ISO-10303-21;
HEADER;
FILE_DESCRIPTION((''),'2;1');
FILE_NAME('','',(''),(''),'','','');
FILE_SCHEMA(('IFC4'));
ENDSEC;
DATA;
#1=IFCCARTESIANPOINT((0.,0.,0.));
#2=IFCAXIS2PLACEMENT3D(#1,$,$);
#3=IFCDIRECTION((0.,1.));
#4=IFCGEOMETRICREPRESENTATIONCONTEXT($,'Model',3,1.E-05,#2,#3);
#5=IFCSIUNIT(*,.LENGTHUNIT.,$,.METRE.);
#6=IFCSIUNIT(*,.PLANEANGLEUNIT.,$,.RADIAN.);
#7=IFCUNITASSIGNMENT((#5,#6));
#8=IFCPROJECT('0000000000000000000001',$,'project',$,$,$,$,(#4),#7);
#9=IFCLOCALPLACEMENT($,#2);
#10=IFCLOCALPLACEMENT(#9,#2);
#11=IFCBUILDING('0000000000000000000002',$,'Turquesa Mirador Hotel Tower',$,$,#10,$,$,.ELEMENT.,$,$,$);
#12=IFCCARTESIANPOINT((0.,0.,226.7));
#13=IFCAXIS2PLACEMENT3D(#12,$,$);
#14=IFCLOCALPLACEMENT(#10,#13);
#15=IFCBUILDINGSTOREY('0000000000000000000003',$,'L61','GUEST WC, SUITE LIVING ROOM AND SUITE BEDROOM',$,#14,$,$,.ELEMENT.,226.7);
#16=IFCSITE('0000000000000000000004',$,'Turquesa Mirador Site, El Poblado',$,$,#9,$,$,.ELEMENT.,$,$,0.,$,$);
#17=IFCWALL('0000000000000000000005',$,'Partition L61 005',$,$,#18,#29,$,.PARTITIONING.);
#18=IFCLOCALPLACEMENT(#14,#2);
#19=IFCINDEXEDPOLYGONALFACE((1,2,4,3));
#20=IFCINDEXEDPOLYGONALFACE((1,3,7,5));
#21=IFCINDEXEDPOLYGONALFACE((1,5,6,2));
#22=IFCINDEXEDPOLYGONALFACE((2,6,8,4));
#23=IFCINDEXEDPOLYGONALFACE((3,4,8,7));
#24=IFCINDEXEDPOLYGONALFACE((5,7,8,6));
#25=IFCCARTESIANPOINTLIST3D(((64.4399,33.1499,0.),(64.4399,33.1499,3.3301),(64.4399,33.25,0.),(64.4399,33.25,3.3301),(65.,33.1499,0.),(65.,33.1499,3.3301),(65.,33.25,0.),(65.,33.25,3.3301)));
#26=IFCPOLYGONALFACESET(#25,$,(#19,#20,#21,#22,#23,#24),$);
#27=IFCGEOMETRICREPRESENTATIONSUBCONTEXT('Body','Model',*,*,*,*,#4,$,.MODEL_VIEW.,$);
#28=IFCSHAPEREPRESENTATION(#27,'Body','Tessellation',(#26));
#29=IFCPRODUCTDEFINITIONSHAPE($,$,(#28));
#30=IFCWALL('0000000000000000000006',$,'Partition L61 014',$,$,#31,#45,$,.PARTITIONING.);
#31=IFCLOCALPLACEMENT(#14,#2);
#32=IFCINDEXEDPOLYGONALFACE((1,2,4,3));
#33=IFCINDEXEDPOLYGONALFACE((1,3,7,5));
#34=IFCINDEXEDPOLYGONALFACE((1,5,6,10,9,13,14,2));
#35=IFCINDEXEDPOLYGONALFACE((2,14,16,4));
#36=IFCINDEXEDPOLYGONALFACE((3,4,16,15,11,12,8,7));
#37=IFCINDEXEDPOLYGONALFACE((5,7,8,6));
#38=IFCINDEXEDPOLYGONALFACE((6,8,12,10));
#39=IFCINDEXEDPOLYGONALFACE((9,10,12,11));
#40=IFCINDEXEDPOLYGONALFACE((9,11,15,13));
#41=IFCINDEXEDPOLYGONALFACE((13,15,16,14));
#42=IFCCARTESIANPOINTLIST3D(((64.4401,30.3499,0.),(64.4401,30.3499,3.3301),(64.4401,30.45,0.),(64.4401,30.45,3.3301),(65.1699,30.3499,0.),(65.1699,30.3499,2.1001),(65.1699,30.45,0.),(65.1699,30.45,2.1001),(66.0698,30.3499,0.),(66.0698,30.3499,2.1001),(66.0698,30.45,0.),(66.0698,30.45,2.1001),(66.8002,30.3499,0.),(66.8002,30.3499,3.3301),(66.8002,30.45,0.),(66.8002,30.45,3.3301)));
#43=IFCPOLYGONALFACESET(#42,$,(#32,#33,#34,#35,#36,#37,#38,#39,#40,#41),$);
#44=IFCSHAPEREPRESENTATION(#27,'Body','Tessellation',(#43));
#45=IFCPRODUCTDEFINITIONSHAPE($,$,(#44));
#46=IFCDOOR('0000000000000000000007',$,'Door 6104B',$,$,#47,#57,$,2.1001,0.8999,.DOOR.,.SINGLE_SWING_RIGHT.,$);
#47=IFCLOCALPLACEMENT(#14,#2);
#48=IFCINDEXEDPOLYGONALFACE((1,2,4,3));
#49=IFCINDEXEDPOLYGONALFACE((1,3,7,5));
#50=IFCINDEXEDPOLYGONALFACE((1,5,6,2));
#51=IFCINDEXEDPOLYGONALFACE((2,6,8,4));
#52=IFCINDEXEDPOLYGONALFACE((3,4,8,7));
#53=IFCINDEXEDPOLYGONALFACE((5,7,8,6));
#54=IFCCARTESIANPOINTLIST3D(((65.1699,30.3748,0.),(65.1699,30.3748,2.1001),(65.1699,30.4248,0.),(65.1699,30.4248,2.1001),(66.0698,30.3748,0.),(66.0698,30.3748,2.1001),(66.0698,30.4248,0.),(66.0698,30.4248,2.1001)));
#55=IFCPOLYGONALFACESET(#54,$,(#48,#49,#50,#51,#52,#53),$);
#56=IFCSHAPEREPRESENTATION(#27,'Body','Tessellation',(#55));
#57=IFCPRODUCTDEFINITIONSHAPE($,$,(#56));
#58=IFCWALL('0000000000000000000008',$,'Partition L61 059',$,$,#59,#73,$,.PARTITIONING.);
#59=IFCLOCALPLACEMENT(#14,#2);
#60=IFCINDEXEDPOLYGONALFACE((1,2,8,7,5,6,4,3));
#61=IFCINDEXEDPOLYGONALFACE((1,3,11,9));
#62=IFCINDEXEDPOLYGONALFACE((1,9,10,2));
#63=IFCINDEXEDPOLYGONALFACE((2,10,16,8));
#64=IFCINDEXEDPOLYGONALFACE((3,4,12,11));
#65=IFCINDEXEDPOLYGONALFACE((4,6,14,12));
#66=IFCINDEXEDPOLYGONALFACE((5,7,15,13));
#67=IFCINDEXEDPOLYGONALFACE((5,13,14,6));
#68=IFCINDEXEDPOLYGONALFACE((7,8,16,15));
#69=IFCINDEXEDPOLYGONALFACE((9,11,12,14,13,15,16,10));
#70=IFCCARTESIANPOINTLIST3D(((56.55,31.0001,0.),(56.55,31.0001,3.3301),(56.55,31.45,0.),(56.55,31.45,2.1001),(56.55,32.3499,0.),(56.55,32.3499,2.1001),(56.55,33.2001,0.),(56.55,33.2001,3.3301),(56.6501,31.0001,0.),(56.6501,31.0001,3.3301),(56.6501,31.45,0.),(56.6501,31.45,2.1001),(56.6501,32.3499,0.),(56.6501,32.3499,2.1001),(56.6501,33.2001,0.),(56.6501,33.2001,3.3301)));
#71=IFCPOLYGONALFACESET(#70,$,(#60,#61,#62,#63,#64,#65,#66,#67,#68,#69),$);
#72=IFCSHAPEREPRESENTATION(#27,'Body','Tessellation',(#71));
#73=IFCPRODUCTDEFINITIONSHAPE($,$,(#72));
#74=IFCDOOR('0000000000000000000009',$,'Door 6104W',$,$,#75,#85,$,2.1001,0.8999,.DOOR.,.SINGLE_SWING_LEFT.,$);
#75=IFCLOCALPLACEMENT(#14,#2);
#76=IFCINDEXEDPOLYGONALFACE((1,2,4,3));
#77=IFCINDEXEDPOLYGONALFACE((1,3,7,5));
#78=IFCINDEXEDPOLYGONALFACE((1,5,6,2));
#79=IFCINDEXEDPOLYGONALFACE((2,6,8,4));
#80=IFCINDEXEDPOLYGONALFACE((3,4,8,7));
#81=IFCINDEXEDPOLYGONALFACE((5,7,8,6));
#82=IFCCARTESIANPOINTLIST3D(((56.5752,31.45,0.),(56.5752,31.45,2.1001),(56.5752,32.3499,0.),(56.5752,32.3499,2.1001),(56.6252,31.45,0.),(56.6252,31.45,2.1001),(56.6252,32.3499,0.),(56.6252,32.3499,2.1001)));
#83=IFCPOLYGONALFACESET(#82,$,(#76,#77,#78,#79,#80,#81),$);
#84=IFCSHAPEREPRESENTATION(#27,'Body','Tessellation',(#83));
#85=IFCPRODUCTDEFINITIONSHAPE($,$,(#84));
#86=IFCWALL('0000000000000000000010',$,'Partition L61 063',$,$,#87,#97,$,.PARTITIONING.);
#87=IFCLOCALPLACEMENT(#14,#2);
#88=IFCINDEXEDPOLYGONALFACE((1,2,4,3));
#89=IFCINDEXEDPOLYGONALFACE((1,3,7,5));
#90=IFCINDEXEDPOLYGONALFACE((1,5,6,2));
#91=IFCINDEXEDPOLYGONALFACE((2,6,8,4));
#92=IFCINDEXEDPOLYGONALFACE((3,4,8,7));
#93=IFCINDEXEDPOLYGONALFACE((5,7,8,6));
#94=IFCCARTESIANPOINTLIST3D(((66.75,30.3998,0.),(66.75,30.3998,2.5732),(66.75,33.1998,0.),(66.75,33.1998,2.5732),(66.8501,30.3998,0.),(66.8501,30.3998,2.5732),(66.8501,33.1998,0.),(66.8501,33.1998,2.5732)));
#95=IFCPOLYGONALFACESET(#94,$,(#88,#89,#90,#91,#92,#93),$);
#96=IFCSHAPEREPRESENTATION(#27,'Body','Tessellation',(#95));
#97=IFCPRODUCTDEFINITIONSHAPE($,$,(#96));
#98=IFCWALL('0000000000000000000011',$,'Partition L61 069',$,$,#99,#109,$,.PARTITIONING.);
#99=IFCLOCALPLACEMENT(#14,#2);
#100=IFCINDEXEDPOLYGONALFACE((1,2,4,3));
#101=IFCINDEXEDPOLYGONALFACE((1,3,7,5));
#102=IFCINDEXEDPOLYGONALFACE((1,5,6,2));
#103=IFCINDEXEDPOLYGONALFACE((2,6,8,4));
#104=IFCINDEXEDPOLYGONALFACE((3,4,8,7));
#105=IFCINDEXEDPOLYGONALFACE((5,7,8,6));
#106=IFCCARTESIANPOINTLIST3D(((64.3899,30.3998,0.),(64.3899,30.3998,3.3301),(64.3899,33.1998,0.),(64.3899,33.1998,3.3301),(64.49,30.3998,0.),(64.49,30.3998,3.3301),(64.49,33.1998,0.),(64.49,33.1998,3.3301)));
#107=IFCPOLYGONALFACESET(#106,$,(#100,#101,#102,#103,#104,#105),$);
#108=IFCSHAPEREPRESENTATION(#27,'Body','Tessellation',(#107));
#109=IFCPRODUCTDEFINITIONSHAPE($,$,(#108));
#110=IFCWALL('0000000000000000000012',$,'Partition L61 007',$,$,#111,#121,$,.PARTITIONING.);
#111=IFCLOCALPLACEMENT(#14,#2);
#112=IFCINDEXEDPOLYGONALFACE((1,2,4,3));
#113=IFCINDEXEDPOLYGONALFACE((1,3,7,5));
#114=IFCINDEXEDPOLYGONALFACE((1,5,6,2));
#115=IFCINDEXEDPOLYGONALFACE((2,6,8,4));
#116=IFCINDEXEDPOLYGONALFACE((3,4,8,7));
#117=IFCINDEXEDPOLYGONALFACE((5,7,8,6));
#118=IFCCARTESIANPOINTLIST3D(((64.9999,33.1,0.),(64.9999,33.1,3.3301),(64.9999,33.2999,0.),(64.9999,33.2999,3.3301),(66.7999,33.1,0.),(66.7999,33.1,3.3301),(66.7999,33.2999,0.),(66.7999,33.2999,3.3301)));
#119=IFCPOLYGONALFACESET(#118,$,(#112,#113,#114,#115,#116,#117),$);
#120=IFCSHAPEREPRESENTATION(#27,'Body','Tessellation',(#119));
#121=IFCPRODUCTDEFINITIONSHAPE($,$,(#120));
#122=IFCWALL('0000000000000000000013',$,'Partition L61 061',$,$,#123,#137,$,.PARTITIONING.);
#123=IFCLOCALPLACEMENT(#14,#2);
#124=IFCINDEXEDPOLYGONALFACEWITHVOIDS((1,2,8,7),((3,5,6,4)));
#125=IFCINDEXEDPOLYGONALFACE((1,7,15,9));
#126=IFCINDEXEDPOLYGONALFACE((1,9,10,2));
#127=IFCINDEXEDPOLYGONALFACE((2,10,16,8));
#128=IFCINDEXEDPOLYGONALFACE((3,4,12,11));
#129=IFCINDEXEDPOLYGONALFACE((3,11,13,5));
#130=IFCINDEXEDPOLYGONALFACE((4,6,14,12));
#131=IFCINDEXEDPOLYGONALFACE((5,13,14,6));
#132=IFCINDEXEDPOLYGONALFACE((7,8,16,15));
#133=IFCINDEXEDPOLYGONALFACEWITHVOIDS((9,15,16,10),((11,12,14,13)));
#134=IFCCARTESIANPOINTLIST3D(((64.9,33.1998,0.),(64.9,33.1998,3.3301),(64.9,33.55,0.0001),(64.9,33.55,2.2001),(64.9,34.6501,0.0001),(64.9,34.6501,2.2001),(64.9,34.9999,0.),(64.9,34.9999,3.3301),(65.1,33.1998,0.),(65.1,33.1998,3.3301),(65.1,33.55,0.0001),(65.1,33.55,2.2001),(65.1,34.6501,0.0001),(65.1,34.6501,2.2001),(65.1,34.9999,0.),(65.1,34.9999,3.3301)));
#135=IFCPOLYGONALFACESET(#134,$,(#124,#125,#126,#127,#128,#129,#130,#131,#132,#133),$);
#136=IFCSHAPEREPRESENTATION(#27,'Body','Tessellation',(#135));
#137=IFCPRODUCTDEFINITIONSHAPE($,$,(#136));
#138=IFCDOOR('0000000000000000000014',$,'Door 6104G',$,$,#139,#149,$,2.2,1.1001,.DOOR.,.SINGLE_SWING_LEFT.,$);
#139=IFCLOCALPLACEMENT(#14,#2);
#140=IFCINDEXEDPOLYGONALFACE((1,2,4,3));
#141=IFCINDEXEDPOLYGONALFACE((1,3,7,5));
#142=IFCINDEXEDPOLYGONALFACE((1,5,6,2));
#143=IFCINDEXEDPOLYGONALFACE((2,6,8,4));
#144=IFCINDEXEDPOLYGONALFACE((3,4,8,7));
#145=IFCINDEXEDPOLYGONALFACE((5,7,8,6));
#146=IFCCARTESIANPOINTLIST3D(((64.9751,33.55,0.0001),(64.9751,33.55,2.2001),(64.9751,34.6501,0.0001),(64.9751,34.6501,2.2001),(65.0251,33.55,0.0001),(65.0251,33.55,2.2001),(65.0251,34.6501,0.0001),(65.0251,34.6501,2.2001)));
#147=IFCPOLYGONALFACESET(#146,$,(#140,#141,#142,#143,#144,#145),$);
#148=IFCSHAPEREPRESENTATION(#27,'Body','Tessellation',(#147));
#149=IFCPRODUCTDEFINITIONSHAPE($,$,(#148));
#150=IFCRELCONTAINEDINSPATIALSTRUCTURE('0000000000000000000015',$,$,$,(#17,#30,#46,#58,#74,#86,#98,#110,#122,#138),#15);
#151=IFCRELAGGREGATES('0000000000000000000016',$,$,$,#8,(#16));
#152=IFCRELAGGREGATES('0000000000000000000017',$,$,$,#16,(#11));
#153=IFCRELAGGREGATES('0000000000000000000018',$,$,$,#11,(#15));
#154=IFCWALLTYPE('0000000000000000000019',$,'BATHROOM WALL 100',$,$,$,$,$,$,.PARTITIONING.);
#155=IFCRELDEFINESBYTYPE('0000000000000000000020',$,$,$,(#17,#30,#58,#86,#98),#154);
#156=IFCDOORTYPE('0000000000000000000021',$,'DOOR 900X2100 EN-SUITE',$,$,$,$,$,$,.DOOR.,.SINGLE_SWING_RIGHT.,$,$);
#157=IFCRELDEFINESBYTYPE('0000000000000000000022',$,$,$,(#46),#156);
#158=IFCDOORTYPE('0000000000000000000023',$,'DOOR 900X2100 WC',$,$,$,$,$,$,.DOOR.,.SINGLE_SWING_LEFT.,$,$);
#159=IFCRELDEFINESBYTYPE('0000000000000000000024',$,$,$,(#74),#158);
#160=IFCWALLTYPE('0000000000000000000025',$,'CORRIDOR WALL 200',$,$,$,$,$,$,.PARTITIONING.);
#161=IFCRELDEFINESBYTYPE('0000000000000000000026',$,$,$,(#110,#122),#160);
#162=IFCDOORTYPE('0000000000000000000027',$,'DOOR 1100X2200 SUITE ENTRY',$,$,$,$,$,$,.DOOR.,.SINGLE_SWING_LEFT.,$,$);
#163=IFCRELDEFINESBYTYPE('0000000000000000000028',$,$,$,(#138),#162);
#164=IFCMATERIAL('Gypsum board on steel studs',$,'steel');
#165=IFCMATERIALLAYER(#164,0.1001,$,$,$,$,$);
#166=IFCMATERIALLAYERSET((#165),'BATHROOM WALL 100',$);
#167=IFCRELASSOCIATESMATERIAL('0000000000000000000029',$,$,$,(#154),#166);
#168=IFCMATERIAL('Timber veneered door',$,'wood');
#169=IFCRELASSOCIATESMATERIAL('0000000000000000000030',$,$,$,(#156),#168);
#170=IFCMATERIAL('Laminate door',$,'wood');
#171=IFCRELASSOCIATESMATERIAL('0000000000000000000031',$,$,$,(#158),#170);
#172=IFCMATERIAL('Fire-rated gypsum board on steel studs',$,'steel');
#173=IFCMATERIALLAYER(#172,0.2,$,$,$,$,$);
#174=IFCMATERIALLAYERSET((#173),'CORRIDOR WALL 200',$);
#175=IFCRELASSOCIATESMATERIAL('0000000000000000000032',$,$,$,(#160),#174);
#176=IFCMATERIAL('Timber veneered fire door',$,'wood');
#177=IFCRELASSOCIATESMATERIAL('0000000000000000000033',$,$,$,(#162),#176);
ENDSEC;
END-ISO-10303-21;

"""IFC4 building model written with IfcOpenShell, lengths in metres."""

from ifc_helpers import new_model, si_unit, direction, frame, frame_2d, origin, place, context, subcontext, project, spatial, rectangle, extrude, material, layer, layer_set, type_object, element, fill, save


model = new_model("IFC4")

# Units and contexts
model_context = context("Model", 3, precision=1e-05, world=origin(), true_north=direction((0.0, 1.0)))
body_context = subcontext(model_context, "Body", "Model", "MODEL_VIEW")
ifc_project = project(units=[si_unit("LENGTHUNIT", "METRE"), si_unit("PLANEANGLEUNIT", "RADIAN")], contexts=[model_context])

# Site, building, storey
site_placement = place(None, origin())
site = spatial("IfcSite", under=ifc_project, at=site_placement, Name="Turquesa Mirador Site, El Poblado", CompositionType="ELEMENT", RefElevation=0.0)
building_placement = place(site_placement, origin())
building = spatial("IfcBuilding", under=site, at=building_placement, Name="Turquesa Mirador Hotel Tower", CompositionType="ELEMENT")
storey_placement = place(building_placement, frame((0.0, 0.0, 226.7)))
storey = spatial("IfcBuildingStorey", under=building, at=storey_placement, Name="L61", Description="GUEST WC, SUITE LIVING ROOM AND SUITE BEDROOM", CompositionType="ELEMENT", Elevation=226.7)

# Wall
ifc_material_1 = material(Name="Gypsum board on steel studs", Category="steel")
ifc_layer_1 = layer(ifc_material_1, 0.1001)
ifc_layer_set_1 = layer_set([ifc_layer_1], Name="BATHROOM WALL 100")
wall_type_1 = type_object("IfcWallType", Name="BATHROOM WALL 100", PredefinedType="PARTITIONING", material=ifc_layer_set_1)
wall_1_placement = place(storey_placement, frame((64.4399, 33.2, 0.0), z_axis=(0.0, 0.0, 1.0), x_axis=(1.0, 0.0, 0.0)))
element("IfcWall", 1, at=wall_1_placement, inside=storey, type_object=wall_type_1, Name="Partition L61 005", PredefinedType="PARTITIONING", context=body_context, shape_type="SweptSolid", body=[
    extrude(rectangle(XDim=0.5601, YDim=0.1001, at=frame_2d((0.28, 0.0))), origin(), (0.0, 0.0, 1.0), 3.3301),
])

# Walls, openings, doors
wall_2_placement = place(storey_placement, frame((64.4399, 30.3999, 0.0), z_axis=(0.0, 0.0, 1.0), x_axis=(1.0, 0.0, 0.0)))
wall_2 = element("IfcWall", 2, at=wall_2_placement, inside=storey, type_object=wall_type_1, Name="Partition L61 014", PredefinedType="PARTITIONING", context=body_context, shape_type="SweptSolid", body=[
    extrude(rectangle(XDim=2.3601, YDim=0.1001, at=frame_2d((1.1802, 0.0))), origin(), (0.0, 0.0, 1.0), 3.3301),
])
opening_1_placement = place(wall_2_placement, frame((0.73, 0.0, 0.0)))
opening_1 = element("IfcOpeningElement", 3, at=opening_1_placement, cuts=wall_2, PredefinedType="OPENING", context=body_context, shape_type="SweptSolid", body=[
    extrude(rectangle(XDim=0.8999, YDim=2.1001, at=frame_2d((0.45, 1.05))), frame((0.0, 0.0601, 0.0), z_axis=(0.0, -1.0, 0.0), x_axis=(1.0, 0.0, 0.0)), (0.0, 0.0, 1.0), 0.1201),
])
ifc_material_2 = material(Name="Timber veneered door", Category="wood")
door_type_1 = type_object("IfcDoorType", Name="DOOR 900X2100 EN-SUITE", OperationType="SINGLE_SWING_RIGHT", PredefinedType="DOOR", material=ifc_material_2)
door_1_placement = place(opening_1_placement, origin())
door_1 = element("IfcDoor", 4, at=door_1_placement, inside=storey, type_object=door_type_1, Name="Door 6104B", OperationType="SINGLE_SWING_RIGHT", OverallHeight=2.1001, OverallWidth=0.8999, PredefinedType="DOOR", context=body_context, shape_type="SweptSolid", body=[
    extrude(rectangle(XDim=0.8999, YDim=2.1001, at=frame_2d((0.45, 1.05))), frame((0.0, 0.0249, 0.0), z_axis=(0.0, -1.0, 0.0), x_axis=(1.0, 0.0, 0.0)), (0.0, 0.0, 1.0), 0.05),
])
fill(opening_1, door_1)
wall_3_placement = place(storey_placement, frame((56.6001, 31.0, 0.0), z_axis=(0.0, 0.0, 1.0), x_axis=(0.0, 1.0, 0.0)))
wall_3 = element("IfcWall", 5, at=wall_3_placement, inside=storey, type_object=wall_type_1, Name="Partition L61 059", PredefinedType="PARTITIONING", context=body_context, shape_type="SweptSolid", body=[
    extrude(rectangle(XDim=2.2, YDim=0.1001, at=frame_2d((1.1001, 0.0))), origin(), (0.0, 0.0, 1.0), 3.3301),
])
opening_2_placement = place(wall_3_placement, frame((0.45, 0.0, 0.0)))
opening_2 = element("IfcOpeningElement", 6, at=opening_2_placement, cuts=wall_3, PredefinedType="OPENING", context=body_context, shape_type="SweptSolid", body=[
    extrude(rectangle(XDim=0.8999, YDim=2.1001, at=frame_2d((0.45, 1.05))), frame((0.0, 0.0601, 0.0), z_axis=(0.0, -1.0, 0.0), x_axis=(1.0, 0.0, 0.0)), (0.0, 0.0, 1.0), 0.1201),
])
ifc_material_3 = material(Name="Laminate door", Category="wood")
door_type_2 = type_object("IfcDoorType", Name="DOOR 900X2100 WC", OperationType="SINGLE_SWING_LEFT", PredefinedType="DOOR", material=ifc_material_3)
door_2_placement = place(opening_2_placement, origin())
door_2 = element("IfcDoor", 7, at=door_2_placement, inside=storey, type_object=door_type_2, Name="Door 6104W", OperationType="SINGLE_SWING_LEFT", OverallHeight=2.1001, OverallWidth=0.8999, PredefinedType="DOOR", context=body_context, shape_type="SweptSolid", body=[
    extrude(rectangle(XDim=0.8999, YDim=2.1001, at=frame_2d((0.45, 1.05))), frame((0.0, 0.0249, 0.0), z_axis=(0.0, -1.0, 0.0), x_axis=(1.0, 0.0, 0.0)), (0.0, 0.0, 1.0), 0.05),
])
fill(opening_2, door_2)

# Walls
wall_4_placement = place(storey_placement, frame((66.8, 30.3999, 0.0), z_axis=(0.0, 0.0, 1.0), x_axis=(0.0, 1.0, 0.0)))
element("IfcWall", 8, at=wall_4_placement, inside=storey, type_object=wall_type_1, Name="Partition L61 063", PredefinedType="PARTITIONING", context=body_context, shape_type="SweptSolid", body=[
    extrude(rectangle(XDim=2.8, YDim=0.1001, at=frame_2d((1.3999, 0.0))), origin(), (0.0, 0.0, 1.0), 2.5732),
])
wall_5_placement = place(storey_placement, frame((64.4399, 30.3999, 0.0), z_axis=(0.0, 0.0, 1.0), x_axis=(0.0, 1.0, 0.0)))
element("IfcWall", 9, at=wall_5_placement, inside=storey, type_object=wall_type_1, Name="Partition L61 069", PredefinedType="PARTITIONING", context=body_context, shape_type="SweptSolid", body=[
    extrude(rectangle(XDim=2.8, YDim=0.1001, at=frame_2d((1.3999, 0.0))), origin(), (0.0, 0.0, 1.0), 3.3301),
])
ifc_material_4 = material(Name="Fire-rated gypsum board on steel studs", Category="steel")
ifc_layer_2 = layer(ifc_material_4, 0.2)
ifc_layer_set_2 = layer_set([ifc_layer_2], Name="CORRIDOR WALL 200")
wall_type_2 = type_object("IfcWallType", Name="CORRIDOR WALL 200", PredefinedType="PARTITIONING", material=ifc_layer_set_2)
wall_6_placement = place(storey_placement, frame((65.0, 33.2, 0.0), z_axis=(0.0, 0.0, 1.0), x_axis=(1.0, 0.0, 0.0)))
element("IfcWall", 10, at=wall_6_placement, inside=storey, type_object=wall_type_2, Name="Partition L61 007", PredefinedType="PARTITIONING", context=body_context, shape_type="SweptSolid", body=[
    extrude(rectangle(XDim=1.8, YDim=0.2, at=frame_2d((0.8999, 0.0))), origin(), (0.0, 0.0, 1.0), 3.3301),
])

# Wall, opening, door
wall_7_placement = place(storey_placement, frame((65.0, 33.2, 0.0), z_axis=(0.0, 0.0, 1.0), x_axis=(0.0, 1.0, 0.0)))
wall_7 = element("IfcWall", 11, at=wall_7_placement, inside=storey, type_object=wall_type_2, Name="Partition L61 061", PredefinedType="PARTITIONING", context=body_context, shape_type="SweptSolid", body=[
    extrude(rectangle(XDim=1.8, YDim=0.2, at=frame_2d((0.8999, 0.0))), origin(), (0.0, 0.0, 1.0), 3.3301),
])
opening_3_placement = place(wall_7_placement, frame((0.3501, 0.0, 0.0)))
opening_3 = element("IfcOpeningElement", 12, at=opening_3_placement, cuts=wall_7, PredefinedType="OPENING", context=body_context, shape_type="SweptSolid", body=[
    extrude(rectangle(XDim=1.1001, YDim=2.2, at=frame_2d((0.55, 1.1001))), frame((0.0, 0.1099, 0.0), z_axis=(0.0, -1.0, 0.0), x_axis=(1.0, 0.0, 0.0)), (0.0, 0.0, 1.0), 0.22),
])
ifc_material_5 = material(Name="Timber veneered fire door", Category="wood")
door_type_3 = type_object("IfcDoorType", Name="DOOR 1100X2200 SUITE ENTRY", OperationType="SINGLE_SWING_LEFT", PredefinedType="DOOR", material=ifc_material_5)
door_3_placement = place(opening_3_placement, origin())
door_3 = element("IfcDoor", 13, at=door_3_placement, inside=storey, type_object=door_type_3, Name="Door 6104G", OperationType="SINGLE_SWING_LEFT", OverallHeight=2.2, OverallWidth=1.1001, PredefinedType="DOOR", context=body_context, shape_type="SweptSolid", body=[
    extrude(rectangle(XDim=1.1001, YDim=2.2, at=frame_2d((0.55, 1.1001))), frame((0.0, 0.0249, 0.0), z_axis=(0.0, -1.0, 0.0), x_axis=(1.0, 0.0, 0.0)), (0.0, 0.0, 1.0), 0.05),
])
fill(opening_3, door_3)

save(model, "model.ifc")
